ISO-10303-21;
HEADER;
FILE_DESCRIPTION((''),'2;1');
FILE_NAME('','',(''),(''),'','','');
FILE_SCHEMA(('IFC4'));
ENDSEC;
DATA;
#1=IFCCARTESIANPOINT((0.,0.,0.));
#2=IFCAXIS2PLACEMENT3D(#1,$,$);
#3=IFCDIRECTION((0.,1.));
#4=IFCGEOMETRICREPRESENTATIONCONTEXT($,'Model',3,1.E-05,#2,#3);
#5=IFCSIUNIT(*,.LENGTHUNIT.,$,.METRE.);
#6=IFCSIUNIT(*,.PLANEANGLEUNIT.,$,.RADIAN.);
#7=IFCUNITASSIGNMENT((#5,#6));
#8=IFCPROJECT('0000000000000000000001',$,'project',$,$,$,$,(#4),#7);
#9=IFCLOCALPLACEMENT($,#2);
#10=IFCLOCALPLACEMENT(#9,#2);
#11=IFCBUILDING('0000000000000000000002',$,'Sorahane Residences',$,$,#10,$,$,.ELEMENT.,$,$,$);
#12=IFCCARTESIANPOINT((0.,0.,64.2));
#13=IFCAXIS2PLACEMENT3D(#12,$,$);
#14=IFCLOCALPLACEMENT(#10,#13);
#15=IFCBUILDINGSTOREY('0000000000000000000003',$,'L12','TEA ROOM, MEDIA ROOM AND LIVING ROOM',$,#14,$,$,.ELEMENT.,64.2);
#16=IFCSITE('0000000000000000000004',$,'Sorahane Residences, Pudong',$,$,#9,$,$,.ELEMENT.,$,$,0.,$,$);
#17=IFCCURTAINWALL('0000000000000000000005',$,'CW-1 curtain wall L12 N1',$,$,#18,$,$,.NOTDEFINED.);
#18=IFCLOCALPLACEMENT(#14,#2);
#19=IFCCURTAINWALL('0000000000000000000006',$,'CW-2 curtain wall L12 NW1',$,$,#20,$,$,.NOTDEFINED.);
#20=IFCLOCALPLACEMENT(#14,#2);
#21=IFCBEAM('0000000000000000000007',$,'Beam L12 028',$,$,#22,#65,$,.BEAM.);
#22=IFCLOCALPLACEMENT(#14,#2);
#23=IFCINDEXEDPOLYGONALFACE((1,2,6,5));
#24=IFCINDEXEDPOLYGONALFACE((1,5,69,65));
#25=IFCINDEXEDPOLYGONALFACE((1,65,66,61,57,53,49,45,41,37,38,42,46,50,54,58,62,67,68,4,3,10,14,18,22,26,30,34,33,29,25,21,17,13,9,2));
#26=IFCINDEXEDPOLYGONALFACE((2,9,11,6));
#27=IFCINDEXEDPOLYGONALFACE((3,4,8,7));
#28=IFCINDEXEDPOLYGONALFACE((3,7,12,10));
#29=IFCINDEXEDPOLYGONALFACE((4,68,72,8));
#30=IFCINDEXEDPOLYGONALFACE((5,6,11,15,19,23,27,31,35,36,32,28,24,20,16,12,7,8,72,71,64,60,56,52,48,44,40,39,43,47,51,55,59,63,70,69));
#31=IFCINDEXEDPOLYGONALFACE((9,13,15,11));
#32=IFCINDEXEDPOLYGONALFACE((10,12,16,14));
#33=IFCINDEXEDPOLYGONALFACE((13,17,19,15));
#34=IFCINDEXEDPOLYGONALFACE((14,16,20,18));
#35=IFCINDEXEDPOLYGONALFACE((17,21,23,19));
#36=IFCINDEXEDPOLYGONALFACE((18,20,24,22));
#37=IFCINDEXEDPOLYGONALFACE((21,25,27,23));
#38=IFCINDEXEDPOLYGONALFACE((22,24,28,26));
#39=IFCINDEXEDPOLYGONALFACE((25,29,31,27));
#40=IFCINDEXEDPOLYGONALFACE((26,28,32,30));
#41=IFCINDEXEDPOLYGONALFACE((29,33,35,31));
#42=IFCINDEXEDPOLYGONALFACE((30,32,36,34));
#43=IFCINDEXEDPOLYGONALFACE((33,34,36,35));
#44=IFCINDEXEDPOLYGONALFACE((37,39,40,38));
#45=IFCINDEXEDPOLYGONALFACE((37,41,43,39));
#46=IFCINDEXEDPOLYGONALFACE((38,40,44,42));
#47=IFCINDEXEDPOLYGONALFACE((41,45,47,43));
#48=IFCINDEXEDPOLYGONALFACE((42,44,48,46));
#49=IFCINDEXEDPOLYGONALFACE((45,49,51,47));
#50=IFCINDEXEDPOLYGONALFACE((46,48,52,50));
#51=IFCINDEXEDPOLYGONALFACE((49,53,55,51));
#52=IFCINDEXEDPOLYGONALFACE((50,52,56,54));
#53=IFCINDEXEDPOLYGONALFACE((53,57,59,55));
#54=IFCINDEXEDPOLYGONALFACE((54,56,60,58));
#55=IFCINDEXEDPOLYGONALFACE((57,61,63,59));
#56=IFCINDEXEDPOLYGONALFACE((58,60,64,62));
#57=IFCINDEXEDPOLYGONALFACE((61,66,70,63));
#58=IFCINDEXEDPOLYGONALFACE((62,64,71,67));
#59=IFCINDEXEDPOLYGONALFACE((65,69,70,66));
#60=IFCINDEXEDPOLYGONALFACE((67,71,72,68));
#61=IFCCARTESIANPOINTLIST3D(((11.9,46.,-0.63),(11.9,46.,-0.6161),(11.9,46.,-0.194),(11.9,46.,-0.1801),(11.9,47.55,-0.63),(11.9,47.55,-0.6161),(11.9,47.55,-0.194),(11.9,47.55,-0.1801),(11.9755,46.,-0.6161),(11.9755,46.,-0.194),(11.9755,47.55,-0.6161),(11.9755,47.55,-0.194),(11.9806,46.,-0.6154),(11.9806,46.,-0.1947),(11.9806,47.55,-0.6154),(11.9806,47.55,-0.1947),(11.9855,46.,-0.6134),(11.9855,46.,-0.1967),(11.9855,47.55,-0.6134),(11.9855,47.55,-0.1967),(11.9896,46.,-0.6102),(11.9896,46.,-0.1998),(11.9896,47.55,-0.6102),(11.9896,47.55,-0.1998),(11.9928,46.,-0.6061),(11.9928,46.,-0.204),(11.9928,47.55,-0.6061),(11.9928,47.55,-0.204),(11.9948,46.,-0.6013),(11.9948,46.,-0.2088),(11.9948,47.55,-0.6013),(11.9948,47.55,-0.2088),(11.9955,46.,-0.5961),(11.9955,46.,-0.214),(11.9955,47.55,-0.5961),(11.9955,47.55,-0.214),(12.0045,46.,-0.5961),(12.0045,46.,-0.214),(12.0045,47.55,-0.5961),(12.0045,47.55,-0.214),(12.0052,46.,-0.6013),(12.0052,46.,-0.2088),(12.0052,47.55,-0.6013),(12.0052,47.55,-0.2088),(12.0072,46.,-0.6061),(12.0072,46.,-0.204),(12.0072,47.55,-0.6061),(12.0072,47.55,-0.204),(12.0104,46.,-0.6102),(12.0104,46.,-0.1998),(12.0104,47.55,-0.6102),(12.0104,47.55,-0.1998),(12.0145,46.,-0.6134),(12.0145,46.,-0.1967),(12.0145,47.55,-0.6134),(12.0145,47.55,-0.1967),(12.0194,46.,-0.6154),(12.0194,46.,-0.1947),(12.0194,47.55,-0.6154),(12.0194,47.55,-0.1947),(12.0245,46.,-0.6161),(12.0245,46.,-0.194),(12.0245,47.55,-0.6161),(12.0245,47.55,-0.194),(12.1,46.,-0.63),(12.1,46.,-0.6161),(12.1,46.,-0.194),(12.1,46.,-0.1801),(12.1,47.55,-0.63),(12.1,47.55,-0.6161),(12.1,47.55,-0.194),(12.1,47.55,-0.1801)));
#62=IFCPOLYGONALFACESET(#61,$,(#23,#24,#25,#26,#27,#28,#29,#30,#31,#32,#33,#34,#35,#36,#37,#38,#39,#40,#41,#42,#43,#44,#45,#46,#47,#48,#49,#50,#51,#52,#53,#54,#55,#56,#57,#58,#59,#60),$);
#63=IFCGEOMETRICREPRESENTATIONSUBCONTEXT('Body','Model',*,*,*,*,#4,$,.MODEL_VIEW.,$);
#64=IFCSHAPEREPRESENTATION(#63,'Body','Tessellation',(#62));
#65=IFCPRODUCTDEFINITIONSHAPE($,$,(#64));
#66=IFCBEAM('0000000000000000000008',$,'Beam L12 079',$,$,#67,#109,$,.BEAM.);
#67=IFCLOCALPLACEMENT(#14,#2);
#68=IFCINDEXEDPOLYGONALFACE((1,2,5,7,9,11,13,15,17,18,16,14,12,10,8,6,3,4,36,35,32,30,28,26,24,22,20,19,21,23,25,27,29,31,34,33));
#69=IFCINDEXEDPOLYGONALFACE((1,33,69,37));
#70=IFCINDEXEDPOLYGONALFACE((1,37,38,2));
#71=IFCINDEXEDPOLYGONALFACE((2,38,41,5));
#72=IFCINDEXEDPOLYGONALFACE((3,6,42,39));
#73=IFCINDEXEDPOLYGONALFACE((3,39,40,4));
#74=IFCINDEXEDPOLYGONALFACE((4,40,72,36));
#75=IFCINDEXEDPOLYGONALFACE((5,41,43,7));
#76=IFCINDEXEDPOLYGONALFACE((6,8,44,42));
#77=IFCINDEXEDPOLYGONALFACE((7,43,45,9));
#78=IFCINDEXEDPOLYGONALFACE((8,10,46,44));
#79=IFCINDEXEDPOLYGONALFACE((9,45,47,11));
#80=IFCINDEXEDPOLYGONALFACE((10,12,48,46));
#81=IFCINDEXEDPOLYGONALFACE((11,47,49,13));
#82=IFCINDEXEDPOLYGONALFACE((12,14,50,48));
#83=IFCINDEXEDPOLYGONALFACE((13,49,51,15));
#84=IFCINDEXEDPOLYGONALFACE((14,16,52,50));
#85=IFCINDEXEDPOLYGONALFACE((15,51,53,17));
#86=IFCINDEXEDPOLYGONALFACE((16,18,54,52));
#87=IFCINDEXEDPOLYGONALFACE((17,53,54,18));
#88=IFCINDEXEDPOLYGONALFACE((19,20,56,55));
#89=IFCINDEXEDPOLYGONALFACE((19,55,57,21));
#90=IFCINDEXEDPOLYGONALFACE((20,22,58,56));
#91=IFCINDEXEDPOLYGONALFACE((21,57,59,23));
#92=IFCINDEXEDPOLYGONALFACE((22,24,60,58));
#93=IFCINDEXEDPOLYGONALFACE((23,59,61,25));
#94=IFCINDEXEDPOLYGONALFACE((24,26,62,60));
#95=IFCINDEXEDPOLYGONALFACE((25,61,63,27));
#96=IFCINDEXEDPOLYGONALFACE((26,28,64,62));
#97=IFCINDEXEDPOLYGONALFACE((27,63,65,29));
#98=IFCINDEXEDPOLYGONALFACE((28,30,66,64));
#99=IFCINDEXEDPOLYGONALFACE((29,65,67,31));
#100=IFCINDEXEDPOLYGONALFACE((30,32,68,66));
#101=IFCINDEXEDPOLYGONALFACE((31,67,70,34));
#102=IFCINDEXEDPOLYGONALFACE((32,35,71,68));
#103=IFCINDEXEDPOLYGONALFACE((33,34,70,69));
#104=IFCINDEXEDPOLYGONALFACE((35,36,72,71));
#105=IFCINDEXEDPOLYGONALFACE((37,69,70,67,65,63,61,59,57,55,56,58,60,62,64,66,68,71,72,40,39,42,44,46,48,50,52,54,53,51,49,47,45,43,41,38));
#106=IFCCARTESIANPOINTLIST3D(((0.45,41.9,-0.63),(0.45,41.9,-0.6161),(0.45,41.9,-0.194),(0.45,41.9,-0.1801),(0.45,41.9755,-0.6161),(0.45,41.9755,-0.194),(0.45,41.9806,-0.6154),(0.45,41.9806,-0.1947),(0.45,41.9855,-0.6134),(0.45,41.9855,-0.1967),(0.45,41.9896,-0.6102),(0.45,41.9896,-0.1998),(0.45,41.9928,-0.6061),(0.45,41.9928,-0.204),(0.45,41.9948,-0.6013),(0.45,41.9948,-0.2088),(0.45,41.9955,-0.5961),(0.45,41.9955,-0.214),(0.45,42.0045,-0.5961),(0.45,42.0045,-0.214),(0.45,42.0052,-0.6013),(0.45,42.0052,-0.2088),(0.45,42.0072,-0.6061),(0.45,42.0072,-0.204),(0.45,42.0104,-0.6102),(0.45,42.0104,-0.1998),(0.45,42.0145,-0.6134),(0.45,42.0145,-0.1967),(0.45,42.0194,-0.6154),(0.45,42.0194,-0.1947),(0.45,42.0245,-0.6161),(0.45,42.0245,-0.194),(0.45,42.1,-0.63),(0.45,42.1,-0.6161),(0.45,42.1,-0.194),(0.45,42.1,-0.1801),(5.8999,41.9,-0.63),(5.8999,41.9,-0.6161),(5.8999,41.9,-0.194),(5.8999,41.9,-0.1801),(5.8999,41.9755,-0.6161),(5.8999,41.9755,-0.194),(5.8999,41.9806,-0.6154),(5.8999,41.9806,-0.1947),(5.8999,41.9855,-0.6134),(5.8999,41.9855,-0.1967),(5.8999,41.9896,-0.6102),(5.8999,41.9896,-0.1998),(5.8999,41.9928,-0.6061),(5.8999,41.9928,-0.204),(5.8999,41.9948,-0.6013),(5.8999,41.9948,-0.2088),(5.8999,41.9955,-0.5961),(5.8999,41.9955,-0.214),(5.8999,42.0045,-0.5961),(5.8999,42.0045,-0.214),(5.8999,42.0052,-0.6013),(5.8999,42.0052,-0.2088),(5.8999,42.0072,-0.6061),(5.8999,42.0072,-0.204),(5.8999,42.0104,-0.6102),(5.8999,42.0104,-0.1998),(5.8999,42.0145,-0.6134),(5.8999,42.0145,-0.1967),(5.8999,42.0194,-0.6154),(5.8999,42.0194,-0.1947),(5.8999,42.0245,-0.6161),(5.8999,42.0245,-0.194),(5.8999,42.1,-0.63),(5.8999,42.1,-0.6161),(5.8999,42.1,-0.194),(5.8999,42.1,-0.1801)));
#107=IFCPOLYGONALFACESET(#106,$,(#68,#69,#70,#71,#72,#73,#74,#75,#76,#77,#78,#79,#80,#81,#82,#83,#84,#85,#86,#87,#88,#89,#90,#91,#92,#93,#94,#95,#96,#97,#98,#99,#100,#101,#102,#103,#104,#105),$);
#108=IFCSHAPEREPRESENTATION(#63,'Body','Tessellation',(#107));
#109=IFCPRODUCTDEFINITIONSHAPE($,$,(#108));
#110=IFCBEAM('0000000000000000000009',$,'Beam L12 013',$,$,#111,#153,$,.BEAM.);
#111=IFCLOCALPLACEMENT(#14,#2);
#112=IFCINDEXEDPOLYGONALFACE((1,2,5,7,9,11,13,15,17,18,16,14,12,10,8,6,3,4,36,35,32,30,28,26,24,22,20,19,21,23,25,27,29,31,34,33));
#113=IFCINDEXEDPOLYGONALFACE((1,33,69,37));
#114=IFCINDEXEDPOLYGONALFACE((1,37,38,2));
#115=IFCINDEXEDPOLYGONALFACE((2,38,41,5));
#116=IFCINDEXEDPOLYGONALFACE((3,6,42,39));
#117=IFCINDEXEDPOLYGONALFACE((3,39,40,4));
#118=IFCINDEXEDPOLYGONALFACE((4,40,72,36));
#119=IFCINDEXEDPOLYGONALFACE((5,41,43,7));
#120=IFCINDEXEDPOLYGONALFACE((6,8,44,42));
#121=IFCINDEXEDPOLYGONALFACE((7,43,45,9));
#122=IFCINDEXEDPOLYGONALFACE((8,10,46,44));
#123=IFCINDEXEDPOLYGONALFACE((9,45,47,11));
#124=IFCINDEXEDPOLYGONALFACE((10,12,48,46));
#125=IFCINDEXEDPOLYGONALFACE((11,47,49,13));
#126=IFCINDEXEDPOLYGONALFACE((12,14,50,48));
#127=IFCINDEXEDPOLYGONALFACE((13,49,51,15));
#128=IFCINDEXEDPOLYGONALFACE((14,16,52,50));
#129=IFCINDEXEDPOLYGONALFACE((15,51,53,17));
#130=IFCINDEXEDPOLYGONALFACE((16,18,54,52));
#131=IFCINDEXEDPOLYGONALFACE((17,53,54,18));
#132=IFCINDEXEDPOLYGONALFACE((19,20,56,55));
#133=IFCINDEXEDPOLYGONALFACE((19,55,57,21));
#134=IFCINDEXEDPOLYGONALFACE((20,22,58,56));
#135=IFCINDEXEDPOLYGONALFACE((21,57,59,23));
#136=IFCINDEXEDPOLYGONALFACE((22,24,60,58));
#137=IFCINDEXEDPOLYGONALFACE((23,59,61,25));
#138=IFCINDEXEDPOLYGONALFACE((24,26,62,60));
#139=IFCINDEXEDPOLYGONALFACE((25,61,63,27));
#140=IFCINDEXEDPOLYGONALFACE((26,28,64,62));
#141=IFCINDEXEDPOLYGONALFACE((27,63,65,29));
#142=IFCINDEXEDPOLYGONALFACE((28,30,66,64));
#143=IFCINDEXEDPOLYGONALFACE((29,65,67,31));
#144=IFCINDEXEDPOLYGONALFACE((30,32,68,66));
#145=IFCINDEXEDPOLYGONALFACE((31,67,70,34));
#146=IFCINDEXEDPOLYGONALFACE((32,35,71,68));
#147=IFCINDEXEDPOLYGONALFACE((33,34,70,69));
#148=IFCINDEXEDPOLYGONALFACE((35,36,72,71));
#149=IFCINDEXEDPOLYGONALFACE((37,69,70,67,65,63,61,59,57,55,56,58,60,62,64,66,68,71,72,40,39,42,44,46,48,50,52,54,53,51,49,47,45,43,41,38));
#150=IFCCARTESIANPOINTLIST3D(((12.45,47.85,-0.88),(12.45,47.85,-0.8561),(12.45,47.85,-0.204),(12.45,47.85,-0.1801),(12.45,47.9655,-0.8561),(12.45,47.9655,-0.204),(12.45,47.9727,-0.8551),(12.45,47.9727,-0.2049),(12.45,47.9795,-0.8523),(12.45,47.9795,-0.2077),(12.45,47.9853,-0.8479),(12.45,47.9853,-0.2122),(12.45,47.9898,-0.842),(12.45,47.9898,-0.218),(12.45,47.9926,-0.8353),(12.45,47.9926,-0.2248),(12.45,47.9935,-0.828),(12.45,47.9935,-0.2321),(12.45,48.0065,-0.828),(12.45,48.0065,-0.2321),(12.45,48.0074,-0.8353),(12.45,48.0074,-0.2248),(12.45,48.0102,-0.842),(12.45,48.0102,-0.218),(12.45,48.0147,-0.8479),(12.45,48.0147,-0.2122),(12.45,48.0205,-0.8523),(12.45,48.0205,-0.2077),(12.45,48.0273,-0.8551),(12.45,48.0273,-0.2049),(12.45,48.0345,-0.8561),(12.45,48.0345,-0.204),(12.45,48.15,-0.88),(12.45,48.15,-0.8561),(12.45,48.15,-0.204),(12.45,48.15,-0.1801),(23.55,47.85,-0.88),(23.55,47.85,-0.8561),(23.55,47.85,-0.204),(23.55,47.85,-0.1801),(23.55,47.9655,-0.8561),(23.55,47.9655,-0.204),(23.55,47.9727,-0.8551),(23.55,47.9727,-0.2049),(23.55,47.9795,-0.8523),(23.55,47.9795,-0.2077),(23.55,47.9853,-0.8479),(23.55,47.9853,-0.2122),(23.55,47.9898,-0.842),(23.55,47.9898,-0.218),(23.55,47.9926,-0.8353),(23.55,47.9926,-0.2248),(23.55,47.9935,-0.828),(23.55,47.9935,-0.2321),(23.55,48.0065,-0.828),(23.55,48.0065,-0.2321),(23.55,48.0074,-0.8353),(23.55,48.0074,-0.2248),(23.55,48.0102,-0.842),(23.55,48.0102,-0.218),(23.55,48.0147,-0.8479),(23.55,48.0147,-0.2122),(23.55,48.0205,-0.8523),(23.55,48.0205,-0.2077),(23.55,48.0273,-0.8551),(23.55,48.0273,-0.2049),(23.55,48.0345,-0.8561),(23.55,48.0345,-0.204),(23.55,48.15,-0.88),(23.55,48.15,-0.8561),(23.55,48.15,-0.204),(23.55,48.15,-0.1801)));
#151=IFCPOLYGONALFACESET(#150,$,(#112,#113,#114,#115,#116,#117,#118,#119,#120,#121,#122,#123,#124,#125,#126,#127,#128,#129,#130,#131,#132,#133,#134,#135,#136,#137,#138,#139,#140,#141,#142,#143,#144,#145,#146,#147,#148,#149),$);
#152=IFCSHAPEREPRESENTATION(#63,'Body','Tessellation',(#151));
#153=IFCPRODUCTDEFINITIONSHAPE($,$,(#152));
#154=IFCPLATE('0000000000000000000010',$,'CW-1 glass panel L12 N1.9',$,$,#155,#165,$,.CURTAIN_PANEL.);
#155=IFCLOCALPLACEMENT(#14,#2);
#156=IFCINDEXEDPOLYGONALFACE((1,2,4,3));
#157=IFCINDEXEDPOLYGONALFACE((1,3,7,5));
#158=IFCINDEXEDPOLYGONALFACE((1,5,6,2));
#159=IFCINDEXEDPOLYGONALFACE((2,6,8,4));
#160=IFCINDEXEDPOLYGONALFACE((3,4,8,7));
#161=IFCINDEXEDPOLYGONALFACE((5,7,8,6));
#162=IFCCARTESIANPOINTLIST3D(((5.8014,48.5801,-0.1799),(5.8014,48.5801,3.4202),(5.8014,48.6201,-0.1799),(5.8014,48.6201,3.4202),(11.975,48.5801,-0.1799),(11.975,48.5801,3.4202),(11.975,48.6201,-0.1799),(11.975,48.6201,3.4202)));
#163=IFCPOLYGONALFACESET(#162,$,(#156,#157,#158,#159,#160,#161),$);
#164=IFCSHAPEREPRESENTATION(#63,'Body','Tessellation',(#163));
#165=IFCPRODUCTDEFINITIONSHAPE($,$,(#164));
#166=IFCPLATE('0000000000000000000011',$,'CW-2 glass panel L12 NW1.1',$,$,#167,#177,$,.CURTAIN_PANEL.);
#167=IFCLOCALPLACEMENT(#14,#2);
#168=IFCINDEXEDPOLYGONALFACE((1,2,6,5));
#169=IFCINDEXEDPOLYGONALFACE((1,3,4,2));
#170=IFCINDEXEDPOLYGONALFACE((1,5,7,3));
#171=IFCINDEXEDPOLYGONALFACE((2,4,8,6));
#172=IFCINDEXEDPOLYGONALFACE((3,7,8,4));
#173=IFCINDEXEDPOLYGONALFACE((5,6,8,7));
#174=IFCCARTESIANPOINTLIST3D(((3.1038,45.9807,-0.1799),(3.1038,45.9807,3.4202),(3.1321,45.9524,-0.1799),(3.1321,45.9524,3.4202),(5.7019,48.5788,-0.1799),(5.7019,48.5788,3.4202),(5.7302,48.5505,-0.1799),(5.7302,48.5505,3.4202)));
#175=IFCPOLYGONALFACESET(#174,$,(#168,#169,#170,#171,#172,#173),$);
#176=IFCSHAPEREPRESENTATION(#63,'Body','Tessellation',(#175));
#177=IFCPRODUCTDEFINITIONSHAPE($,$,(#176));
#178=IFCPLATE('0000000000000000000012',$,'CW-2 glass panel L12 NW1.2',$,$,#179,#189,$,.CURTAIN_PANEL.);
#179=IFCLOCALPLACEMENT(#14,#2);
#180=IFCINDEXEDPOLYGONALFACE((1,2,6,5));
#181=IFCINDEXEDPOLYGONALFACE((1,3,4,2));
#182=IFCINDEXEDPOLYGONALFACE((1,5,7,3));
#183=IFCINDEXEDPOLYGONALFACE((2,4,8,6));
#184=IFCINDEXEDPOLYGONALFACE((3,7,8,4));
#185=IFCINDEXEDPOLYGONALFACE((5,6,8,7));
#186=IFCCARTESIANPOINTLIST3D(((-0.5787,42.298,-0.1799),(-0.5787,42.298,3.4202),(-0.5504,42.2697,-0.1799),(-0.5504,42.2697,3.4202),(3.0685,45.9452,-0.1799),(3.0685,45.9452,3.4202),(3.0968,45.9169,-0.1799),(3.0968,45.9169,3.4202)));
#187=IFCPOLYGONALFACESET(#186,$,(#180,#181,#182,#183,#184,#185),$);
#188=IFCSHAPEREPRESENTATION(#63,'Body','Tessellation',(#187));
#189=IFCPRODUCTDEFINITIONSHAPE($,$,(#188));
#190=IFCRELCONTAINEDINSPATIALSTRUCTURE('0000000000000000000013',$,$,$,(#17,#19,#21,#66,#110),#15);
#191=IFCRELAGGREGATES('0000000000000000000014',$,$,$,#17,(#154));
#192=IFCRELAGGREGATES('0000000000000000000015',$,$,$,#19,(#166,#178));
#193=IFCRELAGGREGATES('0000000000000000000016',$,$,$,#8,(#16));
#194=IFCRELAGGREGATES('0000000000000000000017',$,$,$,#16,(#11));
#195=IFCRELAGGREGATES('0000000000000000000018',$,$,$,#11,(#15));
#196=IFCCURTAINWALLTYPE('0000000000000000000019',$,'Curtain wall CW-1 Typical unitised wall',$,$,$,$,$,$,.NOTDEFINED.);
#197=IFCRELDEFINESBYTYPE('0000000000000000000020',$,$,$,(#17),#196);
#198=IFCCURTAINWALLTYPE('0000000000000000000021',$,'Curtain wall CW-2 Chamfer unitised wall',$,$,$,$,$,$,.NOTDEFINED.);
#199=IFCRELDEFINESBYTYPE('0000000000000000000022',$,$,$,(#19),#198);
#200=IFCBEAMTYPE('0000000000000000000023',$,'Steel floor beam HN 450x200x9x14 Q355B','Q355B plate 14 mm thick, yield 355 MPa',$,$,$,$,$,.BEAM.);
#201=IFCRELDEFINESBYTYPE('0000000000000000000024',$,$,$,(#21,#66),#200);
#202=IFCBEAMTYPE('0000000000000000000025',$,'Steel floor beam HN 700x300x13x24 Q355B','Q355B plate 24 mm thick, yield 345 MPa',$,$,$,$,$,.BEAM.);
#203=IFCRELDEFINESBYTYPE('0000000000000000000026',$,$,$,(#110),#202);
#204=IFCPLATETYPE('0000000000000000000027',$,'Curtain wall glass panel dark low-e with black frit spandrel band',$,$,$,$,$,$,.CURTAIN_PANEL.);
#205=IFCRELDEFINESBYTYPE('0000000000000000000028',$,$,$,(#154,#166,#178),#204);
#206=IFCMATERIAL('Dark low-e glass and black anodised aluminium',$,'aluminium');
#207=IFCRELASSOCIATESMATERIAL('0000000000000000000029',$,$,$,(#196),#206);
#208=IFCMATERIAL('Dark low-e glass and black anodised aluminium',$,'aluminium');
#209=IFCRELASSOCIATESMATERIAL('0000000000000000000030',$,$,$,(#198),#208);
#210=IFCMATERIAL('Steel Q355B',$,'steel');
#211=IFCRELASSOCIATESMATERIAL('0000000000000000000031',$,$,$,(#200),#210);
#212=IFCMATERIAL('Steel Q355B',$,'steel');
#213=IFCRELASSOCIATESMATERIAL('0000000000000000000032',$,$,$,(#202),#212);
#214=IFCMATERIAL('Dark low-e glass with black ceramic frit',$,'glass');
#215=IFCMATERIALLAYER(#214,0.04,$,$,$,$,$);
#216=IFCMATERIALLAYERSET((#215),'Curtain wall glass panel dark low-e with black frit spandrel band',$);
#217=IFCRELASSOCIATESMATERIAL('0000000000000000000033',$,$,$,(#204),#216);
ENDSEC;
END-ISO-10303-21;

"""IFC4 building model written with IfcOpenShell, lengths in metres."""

from ifc_helpers import new_model, si_unit, direction, frame, origin, origin_2d, place, context, subcontext, project, spatial, rectangle, i_section, extrude, material, layer, layer_set, material_profile, profile_set, type_object, element, aggregate, save


model = new_model("IFC4")

# Units and contexts
model_context = context("Model", 3, precision=1e-05, world=origin(), true_north=direction((0.0, 1.0)))
body_context = subcontext(model_context, "Body", "Model", "MODEL_VIEW")
ifc_project = project(units=[si_unit("LENGTHUNIT", "METRE"), si_unit("PLANEANGLEUNIT", "RADIAN")], contexts=[model_context])

# Site, building, storey
site_placement = place(None, origin())
site = spatial("IfcSite", under=ifc_project, at=site_placement, Name="Sorahane Residences, Pudong", CompositionType="ELEMENT", RefElevation=0.0)
building_placement = place(site_placement, origin())
building = spatial("IfcBuilding", under=site, at=building_placement, Name="Sorahane Residences", CompositionType="ELEMENT")
storey_placement = place(building_placement, frame((0.0, 0.0, 64.2)))
storey = spatial("IfcBuildingStorey", under=building, at=storey_placement, Name="L12", Description="TEA ROOM, MEDIA ROOM AND LIVING ROOM", CompositionType="ELEMENT", Elevation=64.2)

# Curtain walls
ifc_material_1 = material(Name="Dark low-e glass and black anodised aluminium", Category="aluminium")
curtain_wall_type_1 = type_object("IfcCurtainWallType", Name="Curtain wall CW-1 Typical unitised wall", PredefinedType="NOTDEFINED", material=ifc_material_1)
curtain_wall_1_placement = place(storey_placement, origin())
curtain_wall_1 = element("IfcCurtainWall", 1, at=curtain_wall_1_placement, inside=storey, type_object=curtain_wall_type_1, Name="CW-1 curtain wall L12 N1", PredefinedType="NOTDEFINED")
ifc_material_2 = material(Name="Dark low-e glass and black anodised aluminium", Category="aluminium")
curtain_wall_type_2 = type_object("IfcCurtainWallType", Name="Curtain wall CW-2 Chamfer unitised wall", PredefinedType="NOTDEFINED", material=ifc_material_2)
curtain_wall_2_placement = place(storey_placement, origin())
curtain_wall_2 = element("IfcCurtainWall", 2, at=curtain_wall_2_placement, inside=storey, type_object=curtain_wall_type_2, Name="CW-2 curtain wall L12 NW1", PredefinedType="NOTDEFINED")

# Beams
ifc_material_3 = material(Name="Steel Q355B", Category="steel")
ifc_material_profile_1 = material_profile(ifc_material_3, i_section(OverallWidth=0.2, OverallDepth=0.45, WebThickness=0.009, FlangeThickness=0.0139, FilletRadius=0.02, at=origin_2d()), Name="HN 450x200x9x14")
ifc_profile_set_1 = profile_set([ifc_material_profile_1], Name="Steel Q355B")
beam_type_1 = type_object("IfcBeamType", Name="Steel floor beam HN 450x200x9x14 Q355B", Description="Q355B plate 14 mm thick, yield 355 MPa", PredefinedType="BEAM", material=ifc_profile_set_1)
for number, where, z_axis, x_axis, name in (
    (3, (12.0, 46.0, -0.405), (0.0, 1.0, 0.0), (-1.0, 0.0, 0.0), "Beam L12 028"),
):
    element("IfcBeam", number, at=place(storey_placement, frame(where, z_axis=z_axis, x_axis=x_axis)), inside=storey, type_object=beam_type_1, Name=name, PredefinedType="BEAM", context=body_context, shape_type="SweptSolid", body=[
        extrude(i_section(OverallWidth=0.2, OverallDepth=0.45, WebThickness=0.009, FlangeThickness=0.0139, FilletRadius=0.02, at=origin_2d()), origin(), (0.0, 0.0, 1.0), 1.55),
    ])
beam_1_placement = place(storey_placement, frame((0.45, 42.0, -0.405), z_axis=(1.0, 0.0, 0.0), x_axis=(0.0, 1.0, 0.0)))
element("IfcBeam", 4, at=beam_1_placement, inside=storey, type_object=beam_type_1, Name="Beam L12 079", PredefinedType="BEAM", context=body_context, shape_type="SweptSolid", body=[
    extrude(i_section(OverallWidth=0.2, OverallDepth=0.45, WebThickness=0.009, FlangeThickness=0.0139, FilletRadius=0.02, at=origin_2d()), origin(), (0.0, 0.0, 1.0), 5.45),
])
ifc_material_4 = material(Name="Steel Q355B", Category="steel")
ifc_material_profile_2 = material_profile(ifc_material_4, i_section(OverallWidth=0.3, OverallDepth=0.7, WebThickness=0.0129, FlangeThickness=0.0239, FilletRadius=0.0281, at=origin_2d()), Name="HN 700x300x13x24")
ifc_profile_set_2 = profile_set([ifc_material_profile_2], Name="Steel Q355B")
beam_type_2 = type_object("IfcBeamType", Name="Steel floor beam HN 700x300x13x24 Q355B", Description="Q355B plate 24 mm thick, yield 345 MPa", PredefinedType="BEAM", material=ifc_profile_set_2)
beam_2_placement = place(storey_placement, frame((12.45, 48.0, -0.53), z_axis=(1.0, 0.0, 0.0), x_axis=(0.0, 1.0, 0.0)))
element("IfcBeam", 5, at=beam_2_placement, inside=storey, type_object=beam_type_2, Name="Beam L12 013", PredefinedType="BEAM", context=body_context, shape_type="SweptSolid", body=[
    extrude(i_section(OverallWidth=0.3, OverallDepth=0.7, WebThickness=0.0129, FlangeThickness=0.0239, FilletRadius=0.0281, at=origin_2d()), origin(), (0.0, 0.0, 1.0), 11.1001),
])

# Plates
ifc_material_5 = material(Name="Dark low-e glass with black ceramic frit", Category="glass")
ifc_layer_1 = layer(ifc_material_5, 0.04)
ifc_layer_set_1 = layer_set([ifc_layer_1], Name="Curtain wall glass panel dark low-e with black frit spandrel band")
plate_type = type_object("IfcPlateType", Name="Curtain wall glass panel dark low-e with black frit spandrel band", PredefinedType="CURTAIN_PANEL", material=ifc_layer_set_1)
plate_1_placement = place(storey_placement, frame((8.8882, 48.6001, -0.1799), z_axis=(0.0, 0.0, 1.0), x_axis=(-1.0, 0.0, 0.0)))
plate_1 = element("IfcPlate", 6, at=plate_1_placement, type_object=plate_type, Name="CW-1 glass panel L12 N1.9", PredefinedType="CURTAIN_PANEL", context=body_context, shape_type="SweptSolid", body=[
    extrude(rectangle(XDim=6.1736, YDim=0.04, at=origin_2d()), origin(), (0.0, 0.0, 1.0), 3.6001),
])
aggregate(curtain_wall_1, [plate_1])
plate_2_placement = place(storey_placement, frame((4.417, 47.2656, -0.1799), z_axis=(0.0, 0.0, 1.0), x_axis=(-0.707107, -0.707107, 0.0)))
plate_2 = element("IfcPlate", 7, at=plate_2_placement, type_object=plate_type, Name="CW-2 glass panel L12 NW1.1", PredefinedType="CURTAIN_PANEL", context=body_context, shape_type="SweptSolid", body=[
    extrude(rectangle(XDim=3.6743, YDim=0.04, at=origin_2d()), origin(), (0.0, 0.0, 1.0), 3.6001),
])
plate_3_placement = place(storey_placement, frame((1.259, 44.1074, -0.1799), z_axis=(0.0, 0.0, 1.0), x_axis=(-0.707107, -0.707107, 0.0)))
plate_3 = element("IfcPlate", 8, at=plate_3_placement, type_object=plate_type, Name="CW-2 glass panel L12 NW1.2", PredefinedType="CURTAIN_PANEL", context=body_context, shape_type="SweptSolid", body=[
    extrude(rectangle(XDim=5.158, YDim=0.04, at=origin_2d()), origin(), (0.0, 0.0, 1.0), 3.6001),
])
aggregate(curtain_wall_2, [plate_2, plate_3])

save(model, "model.ifc")
